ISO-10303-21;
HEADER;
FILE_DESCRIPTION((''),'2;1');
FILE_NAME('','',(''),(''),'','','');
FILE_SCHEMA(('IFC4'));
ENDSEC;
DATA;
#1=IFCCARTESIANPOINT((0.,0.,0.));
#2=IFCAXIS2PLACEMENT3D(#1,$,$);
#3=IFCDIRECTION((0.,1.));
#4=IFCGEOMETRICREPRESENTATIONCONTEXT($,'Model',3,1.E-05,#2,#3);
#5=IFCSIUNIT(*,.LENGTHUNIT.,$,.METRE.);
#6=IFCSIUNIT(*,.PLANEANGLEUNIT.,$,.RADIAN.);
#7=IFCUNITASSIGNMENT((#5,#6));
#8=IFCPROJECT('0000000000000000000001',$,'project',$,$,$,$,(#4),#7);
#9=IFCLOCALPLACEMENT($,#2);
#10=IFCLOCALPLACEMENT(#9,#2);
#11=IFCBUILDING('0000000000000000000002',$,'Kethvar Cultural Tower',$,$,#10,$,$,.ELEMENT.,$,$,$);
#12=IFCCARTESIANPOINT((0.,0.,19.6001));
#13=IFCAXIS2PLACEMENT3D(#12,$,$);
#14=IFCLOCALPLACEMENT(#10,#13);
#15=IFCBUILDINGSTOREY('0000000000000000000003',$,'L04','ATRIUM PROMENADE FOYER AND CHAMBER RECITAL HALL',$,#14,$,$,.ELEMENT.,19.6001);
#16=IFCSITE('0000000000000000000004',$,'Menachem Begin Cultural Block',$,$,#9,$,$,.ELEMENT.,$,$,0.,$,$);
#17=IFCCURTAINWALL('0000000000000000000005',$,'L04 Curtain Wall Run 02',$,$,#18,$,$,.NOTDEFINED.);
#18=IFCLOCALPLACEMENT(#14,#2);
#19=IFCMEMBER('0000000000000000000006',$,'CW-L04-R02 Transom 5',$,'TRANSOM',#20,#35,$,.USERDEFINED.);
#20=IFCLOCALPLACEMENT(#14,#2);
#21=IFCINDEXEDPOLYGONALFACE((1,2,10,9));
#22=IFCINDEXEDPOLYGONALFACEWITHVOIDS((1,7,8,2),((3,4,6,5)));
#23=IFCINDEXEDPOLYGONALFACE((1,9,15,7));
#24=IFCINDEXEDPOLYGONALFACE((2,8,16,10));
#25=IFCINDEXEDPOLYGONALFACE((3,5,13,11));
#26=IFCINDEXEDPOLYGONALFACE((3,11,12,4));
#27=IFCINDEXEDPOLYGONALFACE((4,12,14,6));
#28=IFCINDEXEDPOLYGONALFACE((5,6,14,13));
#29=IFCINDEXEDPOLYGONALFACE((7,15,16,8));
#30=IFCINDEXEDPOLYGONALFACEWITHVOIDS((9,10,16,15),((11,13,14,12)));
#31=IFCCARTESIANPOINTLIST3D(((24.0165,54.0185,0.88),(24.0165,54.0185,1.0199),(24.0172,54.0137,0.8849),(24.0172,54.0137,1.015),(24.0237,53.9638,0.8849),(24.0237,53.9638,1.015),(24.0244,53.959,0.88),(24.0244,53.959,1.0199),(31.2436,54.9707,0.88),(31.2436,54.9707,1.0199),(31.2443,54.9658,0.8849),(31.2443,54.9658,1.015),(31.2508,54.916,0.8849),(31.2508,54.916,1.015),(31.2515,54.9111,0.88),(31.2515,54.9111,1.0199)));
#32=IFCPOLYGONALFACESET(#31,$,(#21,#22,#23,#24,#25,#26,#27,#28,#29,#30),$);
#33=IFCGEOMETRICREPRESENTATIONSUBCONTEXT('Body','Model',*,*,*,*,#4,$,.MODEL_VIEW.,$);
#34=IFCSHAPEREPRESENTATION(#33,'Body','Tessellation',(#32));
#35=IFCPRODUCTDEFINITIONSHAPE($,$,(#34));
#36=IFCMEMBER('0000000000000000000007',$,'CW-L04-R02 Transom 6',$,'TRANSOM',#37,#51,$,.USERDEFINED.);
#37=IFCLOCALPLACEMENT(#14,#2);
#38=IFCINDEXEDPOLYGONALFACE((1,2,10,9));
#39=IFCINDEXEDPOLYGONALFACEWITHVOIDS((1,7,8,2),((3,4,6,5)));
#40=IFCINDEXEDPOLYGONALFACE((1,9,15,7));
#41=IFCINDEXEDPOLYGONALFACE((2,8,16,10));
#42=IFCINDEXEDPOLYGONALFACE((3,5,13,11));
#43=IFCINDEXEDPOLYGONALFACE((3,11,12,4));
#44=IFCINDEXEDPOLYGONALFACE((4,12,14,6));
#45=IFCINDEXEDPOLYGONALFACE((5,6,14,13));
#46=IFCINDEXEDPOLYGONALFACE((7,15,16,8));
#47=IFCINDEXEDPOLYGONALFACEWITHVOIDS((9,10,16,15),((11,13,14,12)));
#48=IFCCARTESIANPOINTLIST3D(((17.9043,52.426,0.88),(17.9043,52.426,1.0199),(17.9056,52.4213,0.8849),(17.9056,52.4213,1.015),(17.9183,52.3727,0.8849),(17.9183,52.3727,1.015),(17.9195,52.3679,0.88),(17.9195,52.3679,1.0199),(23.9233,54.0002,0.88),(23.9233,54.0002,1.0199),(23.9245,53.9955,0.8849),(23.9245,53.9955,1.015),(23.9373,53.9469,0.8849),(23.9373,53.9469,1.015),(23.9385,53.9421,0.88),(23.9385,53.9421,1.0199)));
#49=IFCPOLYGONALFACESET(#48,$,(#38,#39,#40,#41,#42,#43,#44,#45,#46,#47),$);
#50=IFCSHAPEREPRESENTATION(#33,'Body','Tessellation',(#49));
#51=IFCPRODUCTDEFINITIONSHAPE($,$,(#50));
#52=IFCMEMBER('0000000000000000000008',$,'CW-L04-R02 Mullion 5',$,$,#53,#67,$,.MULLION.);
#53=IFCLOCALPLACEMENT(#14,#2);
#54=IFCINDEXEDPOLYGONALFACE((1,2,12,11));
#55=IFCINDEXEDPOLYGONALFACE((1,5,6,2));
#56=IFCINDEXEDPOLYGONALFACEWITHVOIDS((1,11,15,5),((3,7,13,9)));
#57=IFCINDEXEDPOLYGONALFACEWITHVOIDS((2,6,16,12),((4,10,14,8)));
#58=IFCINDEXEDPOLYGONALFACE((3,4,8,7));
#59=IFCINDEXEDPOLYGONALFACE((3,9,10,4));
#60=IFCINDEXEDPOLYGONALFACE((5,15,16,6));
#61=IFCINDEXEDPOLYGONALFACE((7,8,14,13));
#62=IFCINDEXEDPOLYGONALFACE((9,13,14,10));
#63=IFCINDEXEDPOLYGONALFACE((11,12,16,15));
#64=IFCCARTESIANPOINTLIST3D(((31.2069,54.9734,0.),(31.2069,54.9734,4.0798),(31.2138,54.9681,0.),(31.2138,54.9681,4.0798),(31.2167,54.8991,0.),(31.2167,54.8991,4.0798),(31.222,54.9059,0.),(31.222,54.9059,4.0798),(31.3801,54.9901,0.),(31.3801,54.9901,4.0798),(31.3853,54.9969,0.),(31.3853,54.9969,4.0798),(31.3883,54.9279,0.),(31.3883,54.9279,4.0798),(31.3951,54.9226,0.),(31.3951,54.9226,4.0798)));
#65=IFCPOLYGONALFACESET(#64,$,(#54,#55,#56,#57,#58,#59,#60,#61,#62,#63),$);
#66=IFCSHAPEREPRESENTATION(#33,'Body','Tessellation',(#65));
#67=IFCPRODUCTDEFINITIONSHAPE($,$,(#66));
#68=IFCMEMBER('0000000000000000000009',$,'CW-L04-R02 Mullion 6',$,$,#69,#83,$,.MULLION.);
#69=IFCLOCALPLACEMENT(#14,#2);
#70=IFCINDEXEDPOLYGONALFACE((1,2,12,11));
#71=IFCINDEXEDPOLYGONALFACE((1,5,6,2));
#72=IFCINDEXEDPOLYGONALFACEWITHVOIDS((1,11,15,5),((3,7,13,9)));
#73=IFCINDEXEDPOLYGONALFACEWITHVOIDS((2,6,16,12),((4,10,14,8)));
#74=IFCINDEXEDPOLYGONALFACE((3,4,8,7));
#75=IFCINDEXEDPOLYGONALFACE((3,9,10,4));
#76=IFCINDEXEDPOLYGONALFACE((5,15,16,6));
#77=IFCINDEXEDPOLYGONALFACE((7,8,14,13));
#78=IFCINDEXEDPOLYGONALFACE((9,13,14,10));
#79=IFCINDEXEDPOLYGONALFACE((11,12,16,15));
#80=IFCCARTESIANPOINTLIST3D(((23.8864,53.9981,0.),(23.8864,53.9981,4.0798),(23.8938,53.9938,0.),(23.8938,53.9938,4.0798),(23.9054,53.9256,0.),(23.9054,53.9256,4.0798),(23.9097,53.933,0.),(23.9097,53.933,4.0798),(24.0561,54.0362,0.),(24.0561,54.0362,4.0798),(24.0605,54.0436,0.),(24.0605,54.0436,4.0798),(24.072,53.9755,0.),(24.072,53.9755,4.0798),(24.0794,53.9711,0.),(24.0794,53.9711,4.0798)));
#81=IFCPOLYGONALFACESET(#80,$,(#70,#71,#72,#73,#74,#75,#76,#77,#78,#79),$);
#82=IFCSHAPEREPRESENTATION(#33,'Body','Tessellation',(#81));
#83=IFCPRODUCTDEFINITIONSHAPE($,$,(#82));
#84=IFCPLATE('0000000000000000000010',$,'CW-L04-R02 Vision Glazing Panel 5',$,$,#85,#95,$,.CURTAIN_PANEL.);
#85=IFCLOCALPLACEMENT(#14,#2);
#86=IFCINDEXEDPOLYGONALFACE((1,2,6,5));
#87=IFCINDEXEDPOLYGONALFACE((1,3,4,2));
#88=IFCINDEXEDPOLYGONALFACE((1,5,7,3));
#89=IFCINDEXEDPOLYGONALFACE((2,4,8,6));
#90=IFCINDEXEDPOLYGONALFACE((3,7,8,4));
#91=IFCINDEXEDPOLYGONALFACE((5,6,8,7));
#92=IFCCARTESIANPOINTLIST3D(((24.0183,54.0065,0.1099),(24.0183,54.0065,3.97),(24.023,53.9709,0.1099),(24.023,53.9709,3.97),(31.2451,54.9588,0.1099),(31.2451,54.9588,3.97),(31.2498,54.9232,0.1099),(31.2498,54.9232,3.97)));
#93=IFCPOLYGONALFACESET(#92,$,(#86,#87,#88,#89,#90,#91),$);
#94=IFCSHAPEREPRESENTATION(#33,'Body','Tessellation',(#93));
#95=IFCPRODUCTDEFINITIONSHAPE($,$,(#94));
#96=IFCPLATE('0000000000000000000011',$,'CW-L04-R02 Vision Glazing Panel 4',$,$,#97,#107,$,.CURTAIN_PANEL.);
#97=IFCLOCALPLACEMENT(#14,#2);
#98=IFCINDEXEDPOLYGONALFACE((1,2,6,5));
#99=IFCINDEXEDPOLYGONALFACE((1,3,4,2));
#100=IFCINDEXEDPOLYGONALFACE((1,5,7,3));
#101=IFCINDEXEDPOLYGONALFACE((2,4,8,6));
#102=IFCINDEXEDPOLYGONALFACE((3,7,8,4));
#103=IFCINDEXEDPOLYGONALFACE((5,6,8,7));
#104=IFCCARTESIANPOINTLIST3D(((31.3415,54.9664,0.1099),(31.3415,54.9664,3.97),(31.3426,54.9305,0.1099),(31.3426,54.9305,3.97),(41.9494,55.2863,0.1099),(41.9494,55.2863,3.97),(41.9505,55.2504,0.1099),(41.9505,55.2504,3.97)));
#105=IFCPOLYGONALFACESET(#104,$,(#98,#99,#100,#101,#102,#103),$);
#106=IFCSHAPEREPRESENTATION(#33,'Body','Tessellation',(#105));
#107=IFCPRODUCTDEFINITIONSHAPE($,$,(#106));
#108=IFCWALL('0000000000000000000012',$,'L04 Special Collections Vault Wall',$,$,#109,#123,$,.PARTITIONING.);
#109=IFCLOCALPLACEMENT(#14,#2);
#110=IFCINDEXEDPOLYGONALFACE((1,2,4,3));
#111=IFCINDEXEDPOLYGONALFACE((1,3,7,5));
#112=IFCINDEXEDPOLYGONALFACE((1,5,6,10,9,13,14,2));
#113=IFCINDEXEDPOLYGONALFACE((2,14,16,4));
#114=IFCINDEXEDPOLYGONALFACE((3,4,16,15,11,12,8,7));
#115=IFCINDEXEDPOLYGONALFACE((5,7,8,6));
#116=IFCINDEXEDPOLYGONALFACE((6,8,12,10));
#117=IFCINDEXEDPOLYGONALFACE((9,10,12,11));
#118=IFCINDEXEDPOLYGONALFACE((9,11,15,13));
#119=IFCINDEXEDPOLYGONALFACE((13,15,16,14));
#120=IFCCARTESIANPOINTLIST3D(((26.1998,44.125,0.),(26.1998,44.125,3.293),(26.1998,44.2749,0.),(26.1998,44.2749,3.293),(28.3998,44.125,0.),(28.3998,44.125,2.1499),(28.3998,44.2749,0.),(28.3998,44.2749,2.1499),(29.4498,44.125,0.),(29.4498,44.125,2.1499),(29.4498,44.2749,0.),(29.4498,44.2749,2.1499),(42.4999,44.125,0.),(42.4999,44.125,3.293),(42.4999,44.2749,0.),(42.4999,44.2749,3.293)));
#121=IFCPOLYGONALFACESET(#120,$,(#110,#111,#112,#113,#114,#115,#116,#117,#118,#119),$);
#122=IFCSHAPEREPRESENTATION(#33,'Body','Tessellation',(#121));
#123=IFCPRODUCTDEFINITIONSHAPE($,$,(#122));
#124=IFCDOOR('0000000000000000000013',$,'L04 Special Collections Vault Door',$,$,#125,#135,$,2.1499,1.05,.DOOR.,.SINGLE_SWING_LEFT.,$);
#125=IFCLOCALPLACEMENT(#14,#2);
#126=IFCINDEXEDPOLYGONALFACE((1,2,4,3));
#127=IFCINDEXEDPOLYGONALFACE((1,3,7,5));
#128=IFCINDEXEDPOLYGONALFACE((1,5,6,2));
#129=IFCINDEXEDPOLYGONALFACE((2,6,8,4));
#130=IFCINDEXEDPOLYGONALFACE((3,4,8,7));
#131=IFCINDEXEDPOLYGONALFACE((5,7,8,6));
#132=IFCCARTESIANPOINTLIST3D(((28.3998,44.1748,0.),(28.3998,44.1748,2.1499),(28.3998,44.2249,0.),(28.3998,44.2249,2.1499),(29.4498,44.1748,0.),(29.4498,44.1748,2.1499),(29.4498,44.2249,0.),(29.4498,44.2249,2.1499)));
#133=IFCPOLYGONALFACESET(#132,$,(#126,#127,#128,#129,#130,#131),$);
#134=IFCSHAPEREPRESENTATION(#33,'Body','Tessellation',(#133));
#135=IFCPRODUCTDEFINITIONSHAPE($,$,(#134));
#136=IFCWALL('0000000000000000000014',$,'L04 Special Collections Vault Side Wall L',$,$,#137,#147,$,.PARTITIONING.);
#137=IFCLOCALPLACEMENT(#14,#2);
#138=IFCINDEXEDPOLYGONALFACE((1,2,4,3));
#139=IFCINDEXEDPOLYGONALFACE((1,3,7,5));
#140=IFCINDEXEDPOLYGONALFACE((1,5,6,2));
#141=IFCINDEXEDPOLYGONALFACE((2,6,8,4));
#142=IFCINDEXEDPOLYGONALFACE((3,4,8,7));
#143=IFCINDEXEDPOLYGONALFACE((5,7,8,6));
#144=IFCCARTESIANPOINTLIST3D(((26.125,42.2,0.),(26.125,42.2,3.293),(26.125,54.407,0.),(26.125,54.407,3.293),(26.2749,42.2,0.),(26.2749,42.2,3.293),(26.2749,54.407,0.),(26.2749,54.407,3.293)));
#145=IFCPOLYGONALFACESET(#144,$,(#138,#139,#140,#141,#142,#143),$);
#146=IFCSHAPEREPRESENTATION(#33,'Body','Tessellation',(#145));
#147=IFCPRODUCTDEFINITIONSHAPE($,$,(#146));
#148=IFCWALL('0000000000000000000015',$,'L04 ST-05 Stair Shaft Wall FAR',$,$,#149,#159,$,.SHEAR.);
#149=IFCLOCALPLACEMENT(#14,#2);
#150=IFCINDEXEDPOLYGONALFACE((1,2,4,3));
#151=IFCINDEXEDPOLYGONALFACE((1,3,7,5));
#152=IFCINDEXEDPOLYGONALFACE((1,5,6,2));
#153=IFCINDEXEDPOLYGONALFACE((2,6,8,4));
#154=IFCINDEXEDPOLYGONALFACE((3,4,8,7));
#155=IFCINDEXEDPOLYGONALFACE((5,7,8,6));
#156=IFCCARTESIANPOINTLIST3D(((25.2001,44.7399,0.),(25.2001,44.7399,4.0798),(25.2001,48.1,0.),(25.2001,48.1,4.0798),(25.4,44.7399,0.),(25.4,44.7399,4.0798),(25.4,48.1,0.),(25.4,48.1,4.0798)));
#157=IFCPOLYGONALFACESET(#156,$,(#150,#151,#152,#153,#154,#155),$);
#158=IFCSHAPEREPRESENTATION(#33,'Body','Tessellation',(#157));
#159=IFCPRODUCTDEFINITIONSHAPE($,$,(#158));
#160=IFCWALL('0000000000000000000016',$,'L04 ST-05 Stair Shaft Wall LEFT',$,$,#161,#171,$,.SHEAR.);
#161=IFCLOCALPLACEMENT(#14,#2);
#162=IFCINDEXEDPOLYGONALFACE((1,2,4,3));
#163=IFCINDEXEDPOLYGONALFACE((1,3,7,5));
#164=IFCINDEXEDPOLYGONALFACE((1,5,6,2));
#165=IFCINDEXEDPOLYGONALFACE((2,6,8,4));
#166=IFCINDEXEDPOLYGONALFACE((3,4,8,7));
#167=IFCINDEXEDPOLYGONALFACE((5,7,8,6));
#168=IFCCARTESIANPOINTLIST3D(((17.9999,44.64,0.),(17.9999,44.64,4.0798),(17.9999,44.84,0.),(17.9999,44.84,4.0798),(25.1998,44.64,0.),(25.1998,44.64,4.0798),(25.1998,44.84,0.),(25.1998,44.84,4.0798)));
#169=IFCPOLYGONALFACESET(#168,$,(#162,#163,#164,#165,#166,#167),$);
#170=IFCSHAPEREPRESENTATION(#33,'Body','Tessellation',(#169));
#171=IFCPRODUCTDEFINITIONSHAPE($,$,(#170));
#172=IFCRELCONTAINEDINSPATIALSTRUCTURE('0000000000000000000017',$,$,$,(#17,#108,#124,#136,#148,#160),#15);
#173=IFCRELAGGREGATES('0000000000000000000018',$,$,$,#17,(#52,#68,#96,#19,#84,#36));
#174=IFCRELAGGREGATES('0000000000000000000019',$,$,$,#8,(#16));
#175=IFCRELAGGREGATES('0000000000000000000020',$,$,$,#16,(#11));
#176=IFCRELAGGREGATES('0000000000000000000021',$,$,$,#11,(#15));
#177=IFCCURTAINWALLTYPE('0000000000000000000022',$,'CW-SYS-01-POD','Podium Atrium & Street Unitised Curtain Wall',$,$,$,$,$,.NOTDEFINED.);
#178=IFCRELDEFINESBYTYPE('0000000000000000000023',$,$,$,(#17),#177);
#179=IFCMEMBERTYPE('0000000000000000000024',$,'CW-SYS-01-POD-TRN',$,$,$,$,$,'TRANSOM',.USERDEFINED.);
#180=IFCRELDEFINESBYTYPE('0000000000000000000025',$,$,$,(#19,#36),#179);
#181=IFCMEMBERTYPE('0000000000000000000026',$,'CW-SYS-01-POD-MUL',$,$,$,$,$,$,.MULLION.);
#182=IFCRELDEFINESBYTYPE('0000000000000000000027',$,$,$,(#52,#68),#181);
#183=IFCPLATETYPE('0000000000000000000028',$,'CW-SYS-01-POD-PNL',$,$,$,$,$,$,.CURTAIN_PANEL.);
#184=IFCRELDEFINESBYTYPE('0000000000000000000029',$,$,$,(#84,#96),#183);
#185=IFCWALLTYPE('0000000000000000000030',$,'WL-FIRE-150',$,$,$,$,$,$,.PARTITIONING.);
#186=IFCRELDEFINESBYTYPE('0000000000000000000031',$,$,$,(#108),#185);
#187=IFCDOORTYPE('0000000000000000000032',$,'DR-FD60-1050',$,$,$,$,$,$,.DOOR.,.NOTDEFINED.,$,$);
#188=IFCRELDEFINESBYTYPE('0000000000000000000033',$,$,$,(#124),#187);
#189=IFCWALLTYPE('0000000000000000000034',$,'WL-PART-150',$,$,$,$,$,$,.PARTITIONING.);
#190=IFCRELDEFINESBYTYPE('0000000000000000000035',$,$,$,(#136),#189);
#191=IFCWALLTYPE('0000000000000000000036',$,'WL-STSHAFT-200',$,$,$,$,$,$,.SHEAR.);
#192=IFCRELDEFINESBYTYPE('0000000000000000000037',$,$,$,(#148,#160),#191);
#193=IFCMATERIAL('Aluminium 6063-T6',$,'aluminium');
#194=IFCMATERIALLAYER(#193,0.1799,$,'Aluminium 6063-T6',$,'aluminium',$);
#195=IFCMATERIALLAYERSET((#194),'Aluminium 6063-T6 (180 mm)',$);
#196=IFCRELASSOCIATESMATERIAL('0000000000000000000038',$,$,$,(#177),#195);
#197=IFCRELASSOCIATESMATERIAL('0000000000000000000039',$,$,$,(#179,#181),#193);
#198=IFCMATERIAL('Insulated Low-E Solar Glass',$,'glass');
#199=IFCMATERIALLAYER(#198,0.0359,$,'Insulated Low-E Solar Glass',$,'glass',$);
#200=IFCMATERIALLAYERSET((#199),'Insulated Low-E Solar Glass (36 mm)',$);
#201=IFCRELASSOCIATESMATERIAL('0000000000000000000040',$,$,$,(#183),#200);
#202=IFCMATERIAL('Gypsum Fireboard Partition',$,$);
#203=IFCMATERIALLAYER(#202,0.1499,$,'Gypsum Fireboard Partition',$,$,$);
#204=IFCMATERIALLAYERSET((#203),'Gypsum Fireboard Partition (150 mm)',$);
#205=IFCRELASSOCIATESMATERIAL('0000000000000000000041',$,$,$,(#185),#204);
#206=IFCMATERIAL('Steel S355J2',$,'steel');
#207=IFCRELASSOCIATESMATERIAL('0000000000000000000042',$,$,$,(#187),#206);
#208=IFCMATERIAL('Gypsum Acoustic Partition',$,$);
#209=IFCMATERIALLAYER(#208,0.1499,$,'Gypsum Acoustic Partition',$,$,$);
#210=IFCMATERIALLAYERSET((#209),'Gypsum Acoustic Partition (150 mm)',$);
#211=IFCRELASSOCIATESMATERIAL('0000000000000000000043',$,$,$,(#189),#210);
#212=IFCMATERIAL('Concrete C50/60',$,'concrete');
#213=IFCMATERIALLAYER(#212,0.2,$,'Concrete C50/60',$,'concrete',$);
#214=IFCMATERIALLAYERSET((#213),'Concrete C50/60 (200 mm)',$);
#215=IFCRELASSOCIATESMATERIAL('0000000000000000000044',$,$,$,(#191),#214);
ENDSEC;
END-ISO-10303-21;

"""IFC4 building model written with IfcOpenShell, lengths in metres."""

from ifc_helpers import new_model, si_unit, direction, frame, frame_2d, origin, origin_2d, place, context, subcontext, project, spatial, rectangle, hollow_rectangle, extrude, source, transform, mapped, material, layer, layer_set, material_profile, profile_set, type_object, element, fill, aggregate, save


model = new_model("IFC4")

# Units and contexts
model_context = context("Model", 3, precision=1e-05, world=origin(), true_north=direction((0.0, 1.0)))
body_context = subcontext(model_context, "Body", "Model", "MODEL_VIEW")
ifc_project = project(units=[si_unit("LENGTHUNIT", "METRE"), si_unit("PLANEANGLEUNIT", "RADIAN")], contexts=[model_context])

# Site, building, storey
site_placement = place(None, origin())
site = spatial("IfcSite", under=ifc_project, at=site_placement, Name="Menachem Begin Cultural Block", CompositionType="ELEMENT", RefElevation=0.0)
building_placement = place(site_placement, origin())
building = spatial("IfcBuilding", under=site, at=building_placement, Name="Kethvar Cultural Tower", CompositionType="ELEMENT")
storey_placement = place(building_placement, frame((0.0, 0.0, 19.6001)))
storey = spatial("IfcBuildingStorey", under=building, at=storey_placement, Name="L04", Description="ATRIUM PROMENADE FOYER AND CHAMBER RECITAL HALL", CompositionType="ELEMENT", Elevation=19.6001)

# Shared definitions
ifc_material_1 = material(Name="Steel S355J2", Category="steel")

# Curtain wall, members, plates
ifc_material_2 = material(Name="Aluminium 6063-T6", Category="aluminium")
ifc_layer_1 = layer(ifc_material_2, 0.1799, Name="Aluminium 6063-T6", Category="aluminium")
ifc_layer_set_1 = layer_set([ifc_layer_1], Name="Aluminium 6063-T6 (180 mm)")
curtain_wall_type = type_object("IfcCurtainWallType", Name="CW-SYS-01-POD", Description="Podium Atrium & Street Unitised Curtain Wall", PredefinedType="NOTDEFINED", material=ifc_layer_set_1)
curtain_wall_placement = place(storey_placement, origin())
curtain_wall = element("IfcCurtainWall", 1, at=curtain_wall_placement, inside=storey, type_object=curtain_wall_type, Name="L04 Curtain Wall Run 02", PredefinedType="NOTDEFINED")
ifc_material_profile_1 = material_profile(ifc_material_2, hollow_rectangle(XDim=0.0601, YDim=0.1399, WallThickness=0.0049, at=origin_2d()), Name="Aluminium 6063-T6 — RHS140x60x5")
ifc_profile_set_1 = profile_set([ifc_material_profile_1], Name="Aluminium 6063-T6 — RHS140x60x5")
member_type_1 = type_object("IfcMemberType", Name="CW-SYS-01-POD-TRN", ElementType="TRANSOM", PredefinedType="USERDEFINED", material=ifc_profile_set_1)
shared_shape_1 = source(origin(), body_context, "Body", "SweptSolid", [
    extrude(hollow_rectangle(XDim=0.0601, YDim=0.1399, WallThickness=0.0049, at=origin_2d()), origin(), (0.0, 0.0, 1.0), 7.2896),
])
member_1_placement = place(storey_placement, frame((31.2476, 54.9409, 0.95), z_axis=(-0.991433, -0.130619, 0.0), x_axis=(0.130619, -0.991433, 0.0)))
member_1 = element("IfcMember", 2, at=member_1_placement, type_object=member_type_1, Name="CW-L04-R02 Transom 5", ObjectType="TRANSOM", PredefinedType="USERDEFINED", context=body_context, shape_type="MappedRepresentation", body=[
    mapped(shared_shape_1, transform((0.0, 0.0, 0.0), scale=1.0)),
])
shared_shape_2 = source(origin(), body_context, "Body", "SweptSolid", [
    extrude(hollow_rectangle(XDim=0.0601, YDim=0.1399, WallThickness=0.0049, at=origin_2d()), origin(), (0.0, 0.0, 1.0), 6.2214),
])
member_2_placement = place(storey_placement, frame((23.9309, 53.9712, 0.95), z_axis=(-0.967459, -0.253029, 0.0), x_axis=(0.253029, -0.967459, 0.0)))
member_2 = element("IfcMember", 3, at=member_2_placement, type_object=member_type_1, Name="CW-L04-R02 Transom 6", ObjectType="TRANSOM", PredefinedType="USERDEFINED", context=body_context, shape_type="MappedRepresentation", body=[
    mapped(shared_shape_2, transform((0.0, 0.0, 0.0), scale=1.0)),
])
ifc_material_profile_2 = material_profile(ifc_material_2, hollow_rectangle(XDim=0.075, YDim=0.1799, WallThickness=0.0061, at=origin_2d()), Name="Aluminium 6063-T6 — RHS180x75x6")
ifc_profile_set_2 = profile_set([ifc_material_profile_2], Name="Aluminium 6063-T6 — RHS180x75x6")
member_type_2 = type_object("IfcMemberType", Name="CW-SYS-01-POD-MUL", PredefinedType="MULLION", material=ifc_profile_set_2)
shared_shape_3 = source(origin(), body_context, "Body", "SweptSolid", [
    extrude(hollow_rectangle(XDim=0.075, YDim=0.1799, WallThickness=0.0061, at=origin_2d()), origin(), (0.0, 0.0, 1.0), 4.0798),
])
member_3_placement = place(storey_placement, frame((31.301, 54.948, 0.0), z_axis=(0.0, 0.0, 1.0), x_axis=(0.130647, -0.991429, 0.0)))
member_3 = element("IfcMember", 4, at=member_3_placement, type_object=member_type_2, Name="CW-L04-R02 Mullion 5", PredefinedType="MULLION", context=body_context, shape_type="MappedRepresentation", body=[
    mapped(shared_shape_3, transform((0.0, 0.0, 0.0), scale=1.0)),
])
member_4_placement = place(storey_placement, frame((23.9829, 53.9846, 0.0), z_axis=(0.0, 0.0, 1.0), x_axis=(0.253032, -0.967458, 0.0)))
member_4 = element("IfcMember", 5, at=member_4_placement, type_object=member_type_2, Name="CW-L04-R02 Mullion 6", PredefinedType="MULLION", context=body_context, shape_type="MappedRepresentation", body=[
    mapped(shared_shape_3, transform((0.0, 0.0, 0.0), scale=1.0)),
])
ifc_material_3 = material(Name="Insulated Low-E Solar Glass", Category="glass")
ifc_layer_2 = layer(ifc_material_3, 0.0359, Name="Insulated Low-E Solar Glass", Category="glass")
ifc_layer_set_2 = layer_set([ifc_layer_2], Name="Insulated Low-E Solar Glass (36 mm)")
plate_type = type_object("IfcPlateType", Name="CW-SYS-01-POD-PNL", PredefinedType="CURTAIN_PANEL", material=ifc_layer_set_2)
shared_shape_4 = source(origin(), body_context, "Body", "SweptSolid", [
    extrude(rectangle(XDim=7.2893, YDim=0.0359, at=origin_2d()), origin(), (0.0, 0.0, 1.0), 3.8601),
])
plate_1_placement = place(storey_placement, frame((27.634, 54.4648, 0.1099), z_axis=(0.0, 0.0, 1.0), x_axis=(-0.991429, -0.130647, 0.0)))
plate_1 = element("IfcPlate", 6, at=plate_1_placement, type_object=plate_type, Name="CW-L04-R02 Vision Glazing Panel 5", PredefinedType="CURTAIN_PANEL", context=body_context, shape_type="MappedRepresentation", body=[
    mapped(shared_shape_4, transform((0.0, 0.0, 0.0), scale=1.0)),
])
shared_shape_5 = source(origin(), body_context, "Body", "SweptSolid", [
    extrude(rectangle(XDim=10.6128, YDim=0.0359, at=origin_2d()), origin(), (0.0, 0.0, 1.0), 3.8601),
])
plate_2_placement = place(storey_placement, frame((36.646, 55.1084, 0.1099), z_axis=(0.0, 0.0, 1.0), x_axis=(-0.999546, -0.030137, 0.0)))
plate_2 = element("IfcPlate", 7, at=plate_2_placement, type_object=plate_type, Name="CW-L04-R02 Vision Glazing Panel 4", PredefinedType="CURTAIN_PANEL", context=body_context, shape_type="MappedRepresentation", body=[
    mapped(shared_shape_5, transform((0.0, 0.0, 0.0), scale=1.0)),
])
aggregate(curtain_wall, [member_3, member_4, plate_2, member_1, plate_1, member_2])

# Wall, opening, door
ifc_material_4 = material(Name="Gypsum Fireboard Partition")
ifc_layer_3 = layer(ifc_material_4, 0.1499, Name="Gypsum Fireboard Partition")
ifc_layer_set_3 = layer_set([ifc_layer_3], Name="Gypsum Fireboard Partition (150 mm)")
wall_type_1 = type_object("IfcWallType", Name="WL-FIRE-150", PredefinedType="PARTITIONING", material=ifc_layer_set_3)
wall_1_placement = place(storey_placement, frame((26.2, 44.2, 0.0), z_axis=(0.0, 0.0, 1.0), x_axis=(1.0, 0.0, 0.0)))
wall_1 = element("IfcWall", 8, at=wall_1_placement, inside=storey, type_object=wall_type_1, Name="L04 Special Collections Vault Wall", PredefinedType="PARTITIONING", context=body_context, shape_type="SweptSolid", body=[
    extrude(rectangle(XDim=16.3, YDim=0.1499, at=frame_2d((8.1499, 0.0))), origin(), (0.0, 0.0, 1.0), 3.293),
])
opening_placement = place(wall_1_placement, frame((2.2, 0.0, 0.0)))
opening = element("IfcOpeningElement", 9, at=opening_placement, cuts=wall_1, PredefinedType="OPENING", context=body_context, shape_type="SweptSolid", body=[
    extrude(rectangle(XDim=1.05, YDim=2.1499, at=frame_2d((0.5249, 1.075))), frame((0.0, 0.085, 0.0), z_axis=(0.0, -1.0, 0.0), x_axis=(1.0, 0.0, 0.0)), (0.0, 0.0, 1.0), 0.1699),
])
door_type = type_object("IfcDoorType", Name="DR-FD60-1050", OperationType="NOTDEFINED", PredefinedType="DOOR", material=ifc_material_1)
shared_shape_6 = source(origin(), body_context, "Body", "SweptSolid", [
    extrude(rectangle(XDim=1.05, YDim=2.1499, at=frame_2d((0.5249, 1.075))), frame((0.0, 0.0249, 0.0), z_axis=(0.0, -1.0, 0.0), x_axis=(1.0, 0.0, 0.0)), (0.0, 0.0, 1.0), 0.05),
])
door_placement = place(opening_placement, origin())
door = element("IfcDoor", 10, at=door_placement, inside=storey, type_object=door_type, Name="L04 Special Collections Vault Door", OperationType="SINGLE_SWING_LEFT", OverallHeight=2.1499, OverallWidth=1.05, PredefinedType="DOOR", context=body_context, shape_type="MappedRepresentation", body=[
    mapped(shared_shape_6, transform((0.0, 0.0, 0.0), scale=1.0)),
])
fill(opening, door)

# Walls
ifc_material_5 = material(Name="Gypsum Acoustic Partition")
ifc_layer_4 = layer(ifc_material_5, 0.1499, Name="Gypsum Acoustic Partition")
ifc_layer_set_4 = layer_set([ifc_layer_4], Name="Gypsum Acoustic Partition (150 mm)")
wall_type_2 = type_object("IfcWallType", Name="WL-PART-150", PredefinedType="PARTITIONING", material=ifc_layer_set_4)
wall_2_placement = place(storey_placement, frame((26.2, 42.2, 0.0), z_axis=(0.0, 0.0, 1.0), x_axis=(0.0, 1.0, 0.0)))
element("IfcWall", 11, at=wall_2_placement, inside=storey, type_object=wall_type_2, Name="L04 Special Collections Vault Side Wall L", PredefinedType="PARTITIONING", context=body_context, shape_type="SweptSolid", body=[
    extrude(rectangle(XDim=12.207, YDim=0.1499, at=frame_2d((6.1035, 0.0))), origin(), (0.0, 0.0, 1.0), 3.293),
])
ifc_material_6 = material(Name="Concrete C50/60", Category="concrete")
ifc_layer_5 = layer(ifc_material_6, 0.2, Name="Concrete C50/60", Category="concrete")
ifc_layer_set_5 = layer_set([ifc_layer_5], Name="Concrete C50/60 (200 mm)")
wall_type_3 = type_object("IfcWallType", Name="WL-STSHAFT-200", PredefinedType="SHEAR", material=ifc_layer_set_5)
wall_3_placement = place(storey_placement, frame((25.3, 48.1001, 0.0), z_axis=(0.0, 0.0, 1.0), x_axis=(0.0, -1.0, 0.0)))
element("IfcWall", 12, at=wall_3_placement, inside=storey, type_object=wall_type_3, Name="L04 ST-05 Stair Shaft Wall FAR", PredefinedType="SHEAR", context=body_context, shape_type="SweptSolid", body=[
    extrude(rectangle(XDim=3.3601, YDim=0.2, at=frame_2d((1.6802, 0.0))), origin(), (0.0, 0.0, 1.0), 4.0798),
])
wall_4_placement = place(storey_placement, frame((25.2, 44.74, 0.0), z_axis=(0.0, 0.0, 1.0), x_axis=(-1.0, 0.0, 0.0)))
element("IfcWall", 13, at=wall_4_placement, inside=storey, type_object=wall_type_3, Name="L04 ST-05 Stair Shaft Wall LEFT", PredefinedType="SHEAR", context=body_context, shape_type="SweptSolid", body=[
    extrude(rectangle(XDim=7.2, YDim=0.2, at=frame_2d((3.6001, 0.0))), origin(), (0.0, 0.0, 1.0), 4.0798),
])

save(model, "model.ifc")
